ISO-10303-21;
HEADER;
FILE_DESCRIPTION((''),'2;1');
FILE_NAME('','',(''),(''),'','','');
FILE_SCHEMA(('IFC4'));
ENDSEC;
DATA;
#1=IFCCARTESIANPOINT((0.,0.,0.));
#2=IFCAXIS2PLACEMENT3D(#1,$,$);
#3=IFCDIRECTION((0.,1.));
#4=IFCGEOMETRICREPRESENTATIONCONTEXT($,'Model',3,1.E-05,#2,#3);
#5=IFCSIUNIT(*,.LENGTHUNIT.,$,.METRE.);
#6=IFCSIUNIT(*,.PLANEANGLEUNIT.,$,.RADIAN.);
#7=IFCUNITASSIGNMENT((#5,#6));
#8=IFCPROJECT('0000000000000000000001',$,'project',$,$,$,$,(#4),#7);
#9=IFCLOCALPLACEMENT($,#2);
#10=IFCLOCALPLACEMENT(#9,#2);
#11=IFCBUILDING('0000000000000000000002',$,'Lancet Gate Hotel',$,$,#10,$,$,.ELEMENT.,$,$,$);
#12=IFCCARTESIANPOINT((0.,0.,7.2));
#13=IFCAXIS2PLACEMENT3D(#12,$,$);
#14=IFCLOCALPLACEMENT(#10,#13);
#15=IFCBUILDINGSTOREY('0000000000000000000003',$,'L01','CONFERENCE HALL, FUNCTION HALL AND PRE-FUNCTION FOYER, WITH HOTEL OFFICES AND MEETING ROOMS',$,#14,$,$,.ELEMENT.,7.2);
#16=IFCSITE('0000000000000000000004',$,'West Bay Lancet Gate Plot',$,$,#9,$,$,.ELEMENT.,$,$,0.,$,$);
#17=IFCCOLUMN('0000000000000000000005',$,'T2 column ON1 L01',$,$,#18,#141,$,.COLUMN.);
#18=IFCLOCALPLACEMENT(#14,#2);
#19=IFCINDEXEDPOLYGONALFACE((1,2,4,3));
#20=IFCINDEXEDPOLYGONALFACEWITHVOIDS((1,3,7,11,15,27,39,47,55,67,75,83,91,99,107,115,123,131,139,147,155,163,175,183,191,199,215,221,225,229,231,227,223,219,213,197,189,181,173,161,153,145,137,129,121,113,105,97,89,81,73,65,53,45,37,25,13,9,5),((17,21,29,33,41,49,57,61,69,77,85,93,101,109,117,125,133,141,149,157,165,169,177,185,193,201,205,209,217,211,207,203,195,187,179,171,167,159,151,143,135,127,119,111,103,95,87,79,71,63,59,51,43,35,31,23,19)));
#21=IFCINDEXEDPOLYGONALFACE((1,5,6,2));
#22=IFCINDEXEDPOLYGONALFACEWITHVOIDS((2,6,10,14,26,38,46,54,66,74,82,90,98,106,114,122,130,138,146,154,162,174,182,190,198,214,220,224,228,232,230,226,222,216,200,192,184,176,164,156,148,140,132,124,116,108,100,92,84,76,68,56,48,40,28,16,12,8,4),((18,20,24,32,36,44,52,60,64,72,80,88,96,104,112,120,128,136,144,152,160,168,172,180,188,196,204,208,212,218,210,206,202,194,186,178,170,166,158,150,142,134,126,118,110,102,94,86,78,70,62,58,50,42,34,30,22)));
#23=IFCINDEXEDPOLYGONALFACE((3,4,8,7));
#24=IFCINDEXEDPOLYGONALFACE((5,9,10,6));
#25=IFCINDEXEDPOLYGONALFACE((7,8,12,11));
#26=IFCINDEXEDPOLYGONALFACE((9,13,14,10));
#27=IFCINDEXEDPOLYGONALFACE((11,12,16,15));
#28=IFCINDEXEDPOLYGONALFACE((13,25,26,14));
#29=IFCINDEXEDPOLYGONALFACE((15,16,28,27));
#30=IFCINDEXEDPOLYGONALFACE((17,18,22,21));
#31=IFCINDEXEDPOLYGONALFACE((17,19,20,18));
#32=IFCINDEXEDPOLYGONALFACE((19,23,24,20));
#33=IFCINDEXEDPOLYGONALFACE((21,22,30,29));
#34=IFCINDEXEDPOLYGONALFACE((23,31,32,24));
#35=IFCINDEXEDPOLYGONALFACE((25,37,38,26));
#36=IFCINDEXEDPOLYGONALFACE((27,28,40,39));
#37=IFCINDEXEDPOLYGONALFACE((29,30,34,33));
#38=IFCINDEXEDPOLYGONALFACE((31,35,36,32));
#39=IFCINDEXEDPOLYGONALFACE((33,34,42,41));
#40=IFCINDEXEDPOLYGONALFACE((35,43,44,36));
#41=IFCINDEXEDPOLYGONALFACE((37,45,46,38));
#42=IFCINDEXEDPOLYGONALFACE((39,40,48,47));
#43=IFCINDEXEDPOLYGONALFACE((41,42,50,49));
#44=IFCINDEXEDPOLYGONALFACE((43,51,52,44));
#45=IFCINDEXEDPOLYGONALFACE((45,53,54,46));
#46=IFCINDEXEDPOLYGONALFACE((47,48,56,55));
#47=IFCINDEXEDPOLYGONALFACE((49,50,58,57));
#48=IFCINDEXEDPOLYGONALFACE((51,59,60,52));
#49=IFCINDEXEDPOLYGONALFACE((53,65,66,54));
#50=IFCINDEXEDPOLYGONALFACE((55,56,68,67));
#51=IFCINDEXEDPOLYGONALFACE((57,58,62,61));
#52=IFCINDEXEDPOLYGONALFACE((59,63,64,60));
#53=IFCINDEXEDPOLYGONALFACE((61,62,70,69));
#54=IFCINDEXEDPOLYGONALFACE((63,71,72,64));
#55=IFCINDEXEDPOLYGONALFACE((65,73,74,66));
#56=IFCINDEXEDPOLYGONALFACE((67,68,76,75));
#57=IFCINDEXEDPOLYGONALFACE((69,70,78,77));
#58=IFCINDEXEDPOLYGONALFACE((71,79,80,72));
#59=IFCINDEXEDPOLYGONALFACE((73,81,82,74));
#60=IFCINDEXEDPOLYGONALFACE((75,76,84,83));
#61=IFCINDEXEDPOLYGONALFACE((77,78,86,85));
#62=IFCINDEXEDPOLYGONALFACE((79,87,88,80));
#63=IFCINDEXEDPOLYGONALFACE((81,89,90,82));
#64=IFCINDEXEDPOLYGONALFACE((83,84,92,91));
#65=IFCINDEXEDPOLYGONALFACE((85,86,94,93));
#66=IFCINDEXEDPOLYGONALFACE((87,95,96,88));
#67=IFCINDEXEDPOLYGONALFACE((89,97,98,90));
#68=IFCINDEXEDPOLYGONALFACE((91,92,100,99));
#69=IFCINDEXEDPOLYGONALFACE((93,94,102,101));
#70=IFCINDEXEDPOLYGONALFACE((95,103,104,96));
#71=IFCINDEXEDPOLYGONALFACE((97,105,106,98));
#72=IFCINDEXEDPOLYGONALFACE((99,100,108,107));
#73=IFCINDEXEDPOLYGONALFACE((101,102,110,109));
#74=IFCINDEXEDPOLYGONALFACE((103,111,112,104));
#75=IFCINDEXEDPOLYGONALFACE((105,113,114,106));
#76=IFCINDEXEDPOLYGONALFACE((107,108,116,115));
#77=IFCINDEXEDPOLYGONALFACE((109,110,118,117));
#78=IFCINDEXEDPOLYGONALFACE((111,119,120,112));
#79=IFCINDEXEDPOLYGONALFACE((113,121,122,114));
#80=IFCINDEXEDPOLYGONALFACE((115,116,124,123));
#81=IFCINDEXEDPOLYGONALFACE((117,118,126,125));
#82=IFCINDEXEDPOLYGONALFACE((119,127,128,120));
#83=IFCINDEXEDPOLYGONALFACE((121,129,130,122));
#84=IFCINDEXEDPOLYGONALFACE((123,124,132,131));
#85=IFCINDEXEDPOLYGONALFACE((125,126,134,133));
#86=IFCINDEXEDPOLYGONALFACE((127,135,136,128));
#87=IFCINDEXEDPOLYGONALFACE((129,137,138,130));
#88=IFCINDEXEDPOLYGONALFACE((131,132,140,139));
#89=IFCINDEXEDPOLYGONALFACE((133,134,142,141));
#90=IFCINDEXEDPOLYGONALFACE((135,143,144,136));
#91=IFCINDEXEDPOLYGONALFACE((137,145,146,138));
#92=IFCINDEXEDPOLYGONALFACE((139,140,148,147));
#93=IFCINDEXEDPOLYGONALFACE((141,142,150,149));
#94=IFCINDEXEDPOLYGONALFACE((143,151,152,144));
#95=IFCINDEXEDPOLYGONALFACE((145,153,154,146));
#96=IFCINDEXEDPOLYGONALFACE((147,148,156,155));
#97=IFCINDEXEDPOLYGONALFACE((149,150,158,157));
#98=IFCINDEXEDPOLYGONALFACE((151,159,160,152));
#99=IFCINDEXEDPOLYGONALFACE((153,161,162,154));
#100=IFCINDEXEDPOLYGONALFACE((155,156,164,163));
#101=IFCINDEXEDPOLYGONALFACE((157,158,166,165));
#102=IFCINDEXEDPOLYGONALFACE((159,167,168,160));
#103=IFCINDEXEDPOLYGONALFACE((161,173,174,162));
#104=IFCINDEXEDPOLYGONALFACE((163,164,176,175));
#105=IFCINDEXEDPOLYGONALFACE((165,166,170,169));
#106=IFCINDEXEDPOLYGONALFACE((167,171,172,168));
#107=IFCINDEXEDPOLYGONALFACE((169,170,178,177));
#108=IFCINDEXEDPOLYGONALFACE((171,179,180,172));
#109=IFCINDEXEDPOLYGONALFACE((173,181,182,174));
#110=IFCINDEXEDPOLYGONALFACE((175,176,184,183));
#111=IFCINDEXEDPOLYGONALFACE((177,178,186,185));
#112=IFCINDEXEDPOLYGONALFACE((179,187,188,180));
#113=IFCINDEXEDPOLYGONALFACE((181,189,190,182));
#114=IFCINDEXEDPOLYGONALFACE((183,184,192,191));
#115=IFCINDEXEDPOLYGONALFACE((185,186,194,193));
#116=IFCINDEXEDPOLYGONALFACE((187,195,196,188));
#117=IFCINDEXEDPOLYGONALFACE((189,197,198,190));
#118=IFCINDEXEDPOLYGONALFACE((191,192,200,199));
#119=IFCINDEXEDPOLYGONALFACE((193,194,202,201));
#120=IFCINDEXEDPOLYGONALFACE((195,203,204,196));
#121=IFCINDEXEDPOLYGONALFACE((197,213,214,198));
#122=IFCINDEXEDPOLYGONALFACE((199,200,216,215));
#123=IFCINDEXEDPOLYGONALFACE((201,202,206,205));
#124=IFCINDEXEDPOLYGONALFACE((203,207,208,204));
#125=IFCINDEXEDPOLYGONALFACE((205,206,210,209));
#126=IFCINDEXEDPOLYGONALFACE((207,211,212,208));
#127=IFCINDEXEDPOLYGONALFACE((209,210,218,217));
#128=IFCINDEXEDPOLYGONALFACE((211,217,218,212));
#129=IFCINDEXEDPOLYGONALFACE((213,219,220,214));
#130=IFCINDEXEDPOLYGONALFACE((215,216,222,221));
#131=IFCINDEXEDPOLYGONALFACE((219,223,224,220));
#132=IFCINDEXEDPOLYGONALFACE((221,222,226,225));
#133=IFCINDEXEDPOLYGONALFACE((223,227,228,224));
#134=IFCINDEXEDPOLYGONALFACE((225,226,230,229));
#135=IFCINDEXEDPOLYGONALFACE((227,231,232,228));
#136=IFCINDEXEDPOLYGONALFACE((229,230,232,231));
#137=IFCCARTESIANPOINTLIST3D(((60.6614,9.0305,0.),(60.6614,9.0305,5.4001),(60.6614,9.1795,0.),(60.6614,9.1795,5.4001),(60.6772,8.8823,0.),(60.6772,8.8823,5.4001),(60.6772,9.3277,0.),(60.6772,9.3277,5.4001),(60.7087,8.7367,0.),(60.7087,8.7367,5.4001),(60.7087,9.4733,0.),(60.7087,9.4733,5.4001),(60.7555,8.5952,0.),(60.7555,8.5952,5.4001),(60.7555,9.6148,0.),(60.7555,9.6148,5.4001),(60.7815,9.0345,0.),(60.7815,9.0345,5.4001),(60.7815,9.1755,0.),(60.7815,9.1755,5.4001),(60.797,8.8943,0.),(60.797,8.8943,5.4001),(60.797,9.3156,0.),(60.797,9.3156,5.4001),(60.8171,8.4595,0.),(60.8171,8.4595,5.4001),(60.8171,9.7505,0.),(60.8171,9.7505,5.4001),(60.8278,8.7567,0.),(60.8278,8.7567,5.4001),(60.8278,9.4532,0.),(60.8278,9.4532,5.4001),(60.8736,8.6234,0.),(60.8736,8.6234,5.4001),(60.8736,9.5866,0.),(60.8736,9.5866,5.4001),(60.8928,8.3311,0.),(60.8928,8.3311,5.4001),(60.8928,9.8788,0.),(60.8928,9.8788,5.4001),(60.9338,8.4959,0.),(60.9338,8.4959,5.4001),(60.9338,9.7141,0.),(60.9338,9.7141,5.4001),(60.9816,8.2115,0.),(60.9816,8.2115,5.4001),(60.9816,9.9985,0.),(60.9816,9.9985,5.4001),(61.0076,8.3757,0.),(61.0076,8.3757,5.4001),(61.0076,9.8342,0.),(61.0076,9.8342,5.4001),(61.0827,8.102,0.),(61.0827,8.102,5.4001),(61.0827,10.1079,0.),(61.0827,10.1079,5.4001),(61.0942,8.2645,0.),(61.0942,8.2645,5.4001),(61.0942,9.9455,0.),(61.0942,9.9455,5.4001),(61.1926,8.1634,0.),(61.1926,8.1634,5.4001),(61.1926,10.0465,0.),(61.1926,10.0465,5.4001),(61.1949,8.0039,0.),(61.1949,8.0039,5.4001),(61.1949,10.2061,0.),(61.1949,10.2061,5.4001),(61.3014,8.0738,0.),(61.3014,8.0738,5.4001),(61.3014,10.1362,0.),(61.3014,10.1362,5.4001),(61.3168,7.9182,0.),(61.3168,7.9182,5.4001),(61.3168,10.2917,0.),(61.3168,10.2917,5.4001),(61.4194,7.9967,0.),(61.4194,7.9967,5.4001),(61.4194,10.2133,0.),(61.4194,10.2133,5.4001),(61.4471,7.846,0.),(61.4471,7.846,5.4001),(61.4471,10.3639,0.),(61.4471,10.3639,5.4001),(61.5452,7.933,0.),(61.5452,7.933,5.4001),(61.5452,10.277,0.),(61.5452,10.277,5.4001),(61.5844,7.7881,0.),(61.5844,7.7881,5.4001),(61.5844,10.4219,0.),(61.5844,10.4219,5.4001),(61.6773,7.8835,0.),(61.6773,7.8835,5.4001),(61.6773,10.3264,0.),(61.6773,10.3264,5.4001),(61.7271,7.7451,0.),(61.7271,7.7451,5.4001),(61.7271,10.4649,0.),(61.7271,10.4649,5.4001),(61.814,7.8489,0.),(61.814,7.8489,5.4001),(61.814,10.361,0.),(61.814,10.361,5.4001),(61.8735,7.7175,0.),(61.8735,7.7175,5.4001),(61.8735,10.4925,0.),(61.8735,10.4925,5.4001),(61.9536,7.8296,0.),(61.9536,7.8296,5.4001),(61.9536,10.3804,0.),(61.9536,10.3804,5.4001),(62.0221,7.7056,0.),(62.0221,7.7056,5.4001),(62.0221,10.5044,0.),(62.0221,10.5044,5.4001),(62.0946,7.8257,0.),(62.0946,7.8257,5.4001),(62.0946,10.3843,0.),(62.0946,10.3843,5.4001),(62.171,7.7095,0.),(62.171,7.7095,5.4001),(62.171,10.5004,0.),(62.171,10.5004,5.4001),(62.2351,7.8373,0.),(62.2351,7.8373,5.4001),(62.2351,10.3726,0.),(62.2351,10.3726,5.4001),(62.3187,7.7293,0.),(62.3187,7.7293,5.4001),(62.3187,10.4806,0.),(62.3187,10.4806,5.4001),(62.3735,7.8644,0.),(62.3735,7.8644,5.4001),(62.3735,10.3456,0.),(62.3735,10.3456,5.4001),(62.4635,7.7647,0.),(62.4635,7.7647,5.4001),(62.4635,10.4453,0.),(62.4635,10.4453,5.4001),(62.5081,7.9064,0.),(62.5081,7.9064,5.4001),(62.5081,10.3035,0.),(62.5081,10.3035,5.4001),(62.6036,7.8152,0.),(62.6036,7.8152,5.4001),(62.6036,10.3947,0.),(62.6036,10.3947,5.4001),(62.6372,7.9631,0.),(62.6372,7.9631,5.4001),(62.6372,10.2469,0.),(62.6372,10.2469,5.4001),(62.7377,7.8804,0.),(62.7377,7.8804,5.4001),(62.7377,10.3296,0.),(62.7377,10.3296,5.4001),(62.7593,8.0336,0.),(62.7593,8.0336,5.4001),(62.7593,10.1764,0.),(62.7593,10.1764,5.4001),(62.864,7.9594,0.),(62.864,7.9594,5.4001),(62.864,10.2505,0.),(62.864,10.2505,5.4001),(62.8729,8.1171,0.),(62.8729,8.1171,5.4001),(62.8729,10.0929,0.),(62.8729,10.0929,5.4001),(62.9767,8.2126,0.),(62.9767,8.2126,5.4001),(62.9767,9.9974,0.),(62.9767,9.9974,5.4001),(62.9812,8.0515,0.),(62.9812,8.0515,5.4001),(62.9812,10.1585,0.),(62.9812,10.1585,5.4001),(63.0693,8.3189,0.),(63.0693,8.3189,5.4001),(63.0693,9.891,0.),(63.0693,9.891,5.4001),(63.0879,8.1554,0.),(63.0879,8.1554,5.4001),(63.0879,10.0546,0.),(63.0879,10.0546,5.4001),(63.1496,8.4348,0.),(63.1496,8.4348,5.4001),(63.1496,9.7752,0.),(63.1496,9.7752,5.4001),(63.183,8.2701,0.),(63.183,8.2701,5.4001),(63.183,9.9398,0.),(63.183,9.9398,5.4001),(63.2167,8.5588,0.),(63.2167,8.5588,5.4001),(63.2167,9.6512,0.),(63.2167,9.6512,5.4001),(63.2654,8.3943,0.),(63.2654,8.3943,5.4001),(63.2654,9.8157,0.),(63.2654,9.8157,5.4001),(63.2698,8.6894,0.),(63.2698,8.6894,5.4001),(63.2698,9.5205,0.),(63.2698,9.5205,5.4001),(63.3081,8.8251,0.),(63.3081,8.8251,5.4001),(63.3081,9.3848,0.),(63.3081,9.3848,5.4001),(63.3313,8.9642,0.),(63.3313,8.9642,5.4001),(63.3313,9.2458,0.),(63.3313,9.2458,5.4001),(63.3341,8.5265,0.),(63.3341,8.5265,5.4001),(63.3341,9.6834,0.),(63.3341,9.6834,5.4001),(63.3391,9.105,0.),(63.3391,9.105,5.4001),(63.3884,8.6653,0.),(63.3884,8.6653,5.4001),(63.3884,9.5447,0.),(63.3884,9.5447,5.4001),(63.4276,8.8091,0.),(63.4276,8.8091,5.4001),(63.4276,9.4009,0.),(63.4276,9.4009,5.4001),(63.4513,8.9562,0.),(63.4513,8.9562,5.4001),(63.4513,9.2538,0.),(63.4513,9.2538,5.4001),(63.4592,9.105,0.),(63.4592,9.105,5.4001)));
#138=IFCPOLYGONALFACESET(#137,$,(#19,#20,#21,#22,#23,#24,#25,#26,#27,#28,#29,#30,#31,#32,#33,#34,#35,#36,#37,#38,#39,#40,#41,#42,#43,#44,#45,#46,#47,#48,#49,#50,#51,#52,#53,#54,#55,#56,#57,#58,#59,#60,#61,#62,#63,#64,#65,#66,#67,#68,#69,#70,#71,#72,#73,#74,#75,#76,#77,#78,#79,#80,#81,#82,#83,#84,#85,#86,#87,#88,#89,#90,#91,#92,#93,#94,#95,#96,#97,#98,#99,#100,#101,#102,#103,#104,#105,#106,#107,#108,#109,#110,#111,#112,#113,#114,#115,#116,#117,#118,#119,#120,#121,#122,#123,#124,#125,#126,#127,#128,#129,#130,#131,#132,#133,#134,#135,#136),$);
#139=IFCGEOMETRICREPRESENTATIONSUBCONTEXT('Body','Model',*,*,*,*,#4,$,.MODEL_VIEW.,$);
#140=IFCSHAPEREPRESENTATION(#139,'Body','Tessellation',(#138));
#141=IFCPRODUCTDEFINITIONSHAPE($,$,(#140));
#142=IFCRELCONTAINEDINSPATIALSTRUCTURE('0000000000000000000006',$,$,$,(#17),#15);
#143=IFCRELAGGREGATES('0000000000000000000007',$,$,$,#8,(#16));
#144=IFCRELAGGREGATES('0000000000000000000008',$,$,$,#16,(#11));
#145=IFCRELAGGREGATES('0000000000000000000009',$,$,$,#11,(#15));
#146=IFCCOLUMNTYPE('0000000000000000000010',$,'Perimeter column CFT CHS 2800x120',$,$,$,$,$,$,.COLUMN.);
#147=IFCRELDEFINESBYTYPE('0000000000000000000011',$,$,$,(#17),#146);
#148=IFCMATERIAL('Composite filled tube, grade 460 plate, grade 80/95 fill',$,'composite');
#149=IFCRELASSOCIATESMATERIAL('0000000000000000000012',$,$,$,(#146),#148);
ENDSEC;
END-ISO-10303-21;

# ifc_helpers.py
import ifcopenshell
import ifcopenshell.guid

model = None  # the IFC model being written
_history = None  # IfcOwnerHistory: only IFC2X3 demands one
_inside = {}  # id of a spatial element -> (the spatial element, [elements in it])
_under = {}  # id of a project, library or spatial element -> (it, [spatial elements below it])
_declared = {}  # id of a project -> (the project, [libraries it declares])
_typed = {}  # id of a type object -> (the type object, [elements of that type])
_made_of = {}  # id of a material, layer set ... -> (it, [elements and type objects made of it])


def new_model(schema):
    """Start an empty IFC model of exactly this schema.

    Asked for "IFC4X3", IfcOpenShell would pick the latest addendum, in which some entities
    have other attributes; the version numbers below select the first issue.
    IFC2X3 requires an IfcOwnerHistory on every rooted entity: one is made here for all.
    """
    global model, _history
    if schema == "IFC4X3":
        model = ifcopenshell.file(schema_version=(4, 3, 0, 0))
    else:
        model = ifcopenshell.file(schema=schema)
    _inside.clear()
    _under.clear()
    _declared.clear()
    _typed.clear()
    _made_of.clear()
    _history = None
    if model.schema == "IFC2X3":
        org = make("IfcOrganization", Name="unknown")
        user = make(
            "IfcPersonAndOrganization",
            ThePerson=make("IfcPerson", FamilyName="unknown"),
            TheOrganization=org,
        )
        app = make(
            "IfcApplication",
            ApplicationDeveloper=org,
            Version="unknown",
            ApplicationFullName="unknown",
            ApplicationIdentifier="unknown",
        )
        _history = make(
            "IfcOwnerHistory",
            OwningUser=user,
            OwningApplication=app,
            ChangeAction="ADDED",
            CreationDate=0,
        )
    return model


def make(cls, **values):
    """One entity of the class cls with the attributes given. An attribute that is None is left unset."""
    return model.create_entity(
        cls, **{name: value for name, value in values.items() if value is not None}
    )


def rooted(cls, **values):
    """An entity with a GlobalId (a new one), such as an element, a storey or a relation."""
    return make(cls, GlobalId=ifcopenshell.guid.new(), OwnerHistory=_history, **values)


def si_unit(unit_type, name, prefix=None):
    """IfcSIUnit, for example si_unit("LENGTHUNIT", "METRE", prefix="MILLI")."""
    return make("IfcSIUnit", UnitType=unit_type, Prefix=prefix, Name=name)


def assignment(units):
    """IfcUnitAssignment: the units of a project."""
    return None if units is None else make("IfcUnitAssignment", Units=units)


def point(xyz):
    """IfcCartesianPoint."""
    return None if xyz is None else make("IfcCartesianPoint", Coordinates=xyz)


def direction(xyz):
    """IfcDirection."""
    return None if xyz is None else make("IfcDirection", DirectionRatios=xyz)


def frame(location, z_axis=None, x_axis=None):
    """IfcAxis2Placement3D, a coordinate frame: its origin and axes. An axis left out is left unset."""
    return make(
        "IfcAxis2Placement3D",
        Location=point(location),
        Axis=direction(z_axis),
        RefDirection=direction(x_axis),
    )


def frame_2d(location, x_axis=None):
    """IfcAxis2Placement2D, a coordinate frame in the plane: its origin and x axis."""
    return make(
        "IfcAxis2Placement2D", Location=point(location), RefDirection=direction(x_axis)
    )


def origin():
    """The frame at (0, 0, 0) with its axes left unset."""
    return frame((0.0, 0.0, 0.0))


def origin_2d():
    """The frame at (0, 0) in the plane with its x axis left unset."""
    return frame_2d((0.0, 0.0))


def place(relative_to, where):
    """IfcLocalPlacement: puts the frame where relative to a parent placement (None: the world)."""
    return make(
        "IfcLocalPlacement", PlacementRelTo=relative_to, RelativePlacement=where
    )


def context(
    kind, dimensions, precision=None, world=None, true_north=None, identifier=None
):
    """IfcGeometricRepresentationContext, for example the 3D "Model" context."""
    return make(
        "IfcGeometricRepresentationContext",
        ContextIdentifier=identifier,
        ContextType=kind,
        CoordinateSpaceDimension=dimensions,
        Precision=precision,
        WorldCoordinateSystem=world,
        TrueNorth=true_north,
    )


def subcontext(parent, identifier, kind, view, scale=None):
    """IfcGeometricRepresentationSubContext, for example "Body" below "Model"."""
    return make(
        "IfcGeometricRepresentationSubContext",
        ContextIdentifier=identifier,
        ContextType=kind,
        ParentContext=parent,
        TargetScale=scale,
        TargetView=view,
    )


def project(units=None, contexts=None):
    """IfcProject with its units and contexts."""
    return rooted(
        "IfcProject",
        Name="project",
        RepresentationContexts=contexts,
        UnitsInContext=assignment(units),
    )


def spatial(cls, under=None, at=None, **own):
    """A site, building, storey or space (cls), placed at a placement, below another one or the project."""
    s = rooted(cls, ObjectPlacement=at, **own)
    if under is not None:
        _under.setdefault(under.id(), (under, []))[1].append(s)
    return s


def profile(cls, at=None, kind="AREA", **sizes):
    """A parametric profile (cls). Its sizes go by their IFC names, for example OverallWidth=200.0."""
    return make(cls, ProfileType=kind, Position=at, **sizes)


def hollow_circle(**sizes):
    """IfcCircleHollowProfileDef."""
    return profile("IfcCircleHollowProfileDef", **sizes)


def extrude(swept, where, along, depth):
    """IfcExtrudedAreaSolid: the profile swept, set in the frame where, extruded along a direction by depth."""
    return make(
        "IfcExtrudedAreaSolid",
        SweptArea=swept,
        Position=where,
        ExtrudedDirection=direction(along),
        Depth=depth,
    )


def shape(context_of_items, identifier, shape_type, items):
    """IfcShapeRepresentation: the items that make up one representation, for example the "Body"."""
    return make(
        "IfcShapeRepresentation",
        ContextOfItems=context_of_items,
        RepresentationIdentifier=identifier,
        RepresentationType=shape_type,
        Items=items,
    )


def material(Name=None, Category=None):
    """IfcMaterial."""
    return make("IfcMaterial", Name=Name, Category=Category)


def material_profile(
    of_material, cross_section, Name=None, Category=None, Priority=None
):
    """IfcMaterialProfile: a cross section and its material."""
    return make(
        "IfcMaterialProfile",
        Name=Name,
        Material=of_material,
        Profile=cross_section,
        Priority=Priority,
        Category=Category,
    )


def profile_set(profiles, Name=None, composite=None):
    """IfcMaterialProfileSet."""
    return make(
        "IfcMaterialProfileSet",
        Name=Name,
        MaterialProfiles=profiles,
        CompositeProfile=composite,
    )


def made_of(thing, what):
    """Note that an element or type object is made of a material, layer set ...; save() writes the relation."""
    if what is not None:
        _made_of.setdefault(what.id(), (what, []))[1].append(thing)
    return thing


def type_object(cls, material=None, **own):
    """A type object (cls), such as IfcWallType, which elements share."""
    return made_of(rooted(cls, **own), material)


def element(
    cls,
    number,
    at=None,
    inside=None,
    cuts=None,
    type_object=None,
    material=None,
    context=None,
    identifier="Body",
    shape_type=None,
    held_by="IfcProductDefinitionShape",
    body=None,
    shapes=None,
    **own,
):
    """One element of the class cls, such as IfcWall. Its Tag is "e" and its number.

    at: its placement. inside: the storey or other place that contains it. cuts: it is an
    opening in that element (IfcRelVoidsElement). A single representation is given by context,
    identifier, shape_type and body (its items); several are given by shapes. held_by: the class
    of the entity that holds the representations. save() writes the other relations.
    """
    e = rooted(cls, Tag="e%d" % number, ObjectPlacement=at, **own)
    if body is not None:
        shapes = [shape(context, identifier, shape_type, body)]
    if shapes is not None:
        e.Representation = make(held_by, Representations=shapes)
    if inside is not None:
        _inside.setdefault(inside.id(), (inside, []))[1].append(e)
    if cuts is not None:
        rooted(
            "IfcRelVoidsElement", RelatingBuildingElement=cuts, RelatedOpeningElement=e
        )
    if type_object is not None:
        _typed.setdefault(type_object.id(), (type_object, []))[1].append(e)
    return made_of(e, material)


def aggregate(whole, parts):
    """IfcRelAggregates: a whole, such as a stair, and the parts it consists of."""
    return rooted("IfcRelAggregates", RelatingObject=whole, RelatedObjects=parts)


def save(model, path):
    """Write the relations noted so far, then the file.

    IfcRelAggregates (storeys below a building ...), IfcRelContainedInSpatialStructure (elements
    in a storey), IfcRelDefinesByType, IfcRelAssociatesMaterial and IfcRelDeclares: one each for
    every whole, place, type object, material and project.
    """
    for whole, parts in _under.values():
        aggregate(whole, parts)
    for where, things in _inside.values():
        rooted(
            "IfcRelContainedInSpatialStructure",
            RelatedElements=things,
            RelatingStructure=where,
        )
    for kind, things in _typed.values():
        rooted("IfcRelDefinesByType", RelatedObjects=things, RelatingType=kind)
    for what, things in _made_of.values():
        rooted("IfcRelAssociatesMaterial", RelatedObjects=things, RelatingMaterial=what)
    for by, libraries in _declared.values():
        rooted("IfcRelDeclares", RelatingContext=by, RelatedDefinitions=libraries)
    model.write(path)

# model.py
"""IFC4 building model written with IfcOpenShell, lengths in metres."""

from ifc_helpers import new_model, si_unit, direction, frame, origin, origin_2d, place, context, subcontext, project, spatial, hollow_circle, extrude, material, material_profile, profile_set, type_object, element, save


model = new_model("IFC4")

# Units and contexts
model_context = context("Model", 3, precision=1e-05, world=origin(), true_north=direction((0.0, 1.0)))
body_context = subcontext(model_context, "Body", "Model", "MODEL_VIEW")
ifc_project = project(units=[si_unit("LENGTHUNIT", "METRE"), si_unit("PLANEANGLEUNIT", "RADIAN")], contexts=[model_context])

# Site, building, storey
site_placement = place(None, origin())
site = spatial("IfcSite", under=ifc_project, at=site_placement, Name="West Bay Lancet Gate Plot", CompositionType="ELEMENT", RefElevation=0.0)
building_placement = place(site_placement, origin())
building = spatial("IfcBuilding", under=site, at=building_placement, Name="Lancet Gate Hotel", CompositionType="ELEMENT")
storey_placement = place(building_placement, frame((0.0, 0.0, 7.2)))
storey = spatial("IfcBuildingStorey", under=building, at=storey_placement, Name="L01", Description="CONFERENCE HALL, FUNCTION HALL AND PRE-FUNCTION FOYER, WITH HOTEL OFFICES AND MEETING ROOMS", CompositionType="ELEMENT", Elevation=7.2)

# Column
ifc_material_1 = material(Name="Composite filled tube, grade 460 plate, grade 80/95 fill", Category="composite")
ifc_material_profile_1 = material_profile(ifc_material_1, hollow_circle(Radius=1.3999, WallThickness=0.1201, at=origin_2d()), Name="CHS 2800x120")
ifc_profile_set_1 = profile_set([ifc_material_profile_1], Name="Composite filled tube, grade 460 plate, grade 80/95 fill")
column_type = type_object("IfcColumnType", Name="Perimeter column CFT CHS 2800x120", PredefinedType="COLUMN", material=ifc_profile_set_1)
for number, where, z_axis, x_axis, name in (
    (1, (62.0593, 9.105, 0.0), (0.0, 0.0, 1.0), (1.0, 0.0, 0.0), "T2 column ON1 L01"),
):
    element("IfcColumn", number, at=place(storey_placement, frame(where, z_axis=z_axis, x_axis=x_axis)), inside=storey, type_object=column_type, Name=name, PredefinedType="COLUMN", context=body_context, shape_type="SweptSolid", body=[
        extrude(hollow_circle(Radius=1.3999, WallThickness=0.1201, at=origin_2d()), origin(), (0.0, 0.0, 1.0), 5.4001),
    ])

save(model, "model.ifc")
